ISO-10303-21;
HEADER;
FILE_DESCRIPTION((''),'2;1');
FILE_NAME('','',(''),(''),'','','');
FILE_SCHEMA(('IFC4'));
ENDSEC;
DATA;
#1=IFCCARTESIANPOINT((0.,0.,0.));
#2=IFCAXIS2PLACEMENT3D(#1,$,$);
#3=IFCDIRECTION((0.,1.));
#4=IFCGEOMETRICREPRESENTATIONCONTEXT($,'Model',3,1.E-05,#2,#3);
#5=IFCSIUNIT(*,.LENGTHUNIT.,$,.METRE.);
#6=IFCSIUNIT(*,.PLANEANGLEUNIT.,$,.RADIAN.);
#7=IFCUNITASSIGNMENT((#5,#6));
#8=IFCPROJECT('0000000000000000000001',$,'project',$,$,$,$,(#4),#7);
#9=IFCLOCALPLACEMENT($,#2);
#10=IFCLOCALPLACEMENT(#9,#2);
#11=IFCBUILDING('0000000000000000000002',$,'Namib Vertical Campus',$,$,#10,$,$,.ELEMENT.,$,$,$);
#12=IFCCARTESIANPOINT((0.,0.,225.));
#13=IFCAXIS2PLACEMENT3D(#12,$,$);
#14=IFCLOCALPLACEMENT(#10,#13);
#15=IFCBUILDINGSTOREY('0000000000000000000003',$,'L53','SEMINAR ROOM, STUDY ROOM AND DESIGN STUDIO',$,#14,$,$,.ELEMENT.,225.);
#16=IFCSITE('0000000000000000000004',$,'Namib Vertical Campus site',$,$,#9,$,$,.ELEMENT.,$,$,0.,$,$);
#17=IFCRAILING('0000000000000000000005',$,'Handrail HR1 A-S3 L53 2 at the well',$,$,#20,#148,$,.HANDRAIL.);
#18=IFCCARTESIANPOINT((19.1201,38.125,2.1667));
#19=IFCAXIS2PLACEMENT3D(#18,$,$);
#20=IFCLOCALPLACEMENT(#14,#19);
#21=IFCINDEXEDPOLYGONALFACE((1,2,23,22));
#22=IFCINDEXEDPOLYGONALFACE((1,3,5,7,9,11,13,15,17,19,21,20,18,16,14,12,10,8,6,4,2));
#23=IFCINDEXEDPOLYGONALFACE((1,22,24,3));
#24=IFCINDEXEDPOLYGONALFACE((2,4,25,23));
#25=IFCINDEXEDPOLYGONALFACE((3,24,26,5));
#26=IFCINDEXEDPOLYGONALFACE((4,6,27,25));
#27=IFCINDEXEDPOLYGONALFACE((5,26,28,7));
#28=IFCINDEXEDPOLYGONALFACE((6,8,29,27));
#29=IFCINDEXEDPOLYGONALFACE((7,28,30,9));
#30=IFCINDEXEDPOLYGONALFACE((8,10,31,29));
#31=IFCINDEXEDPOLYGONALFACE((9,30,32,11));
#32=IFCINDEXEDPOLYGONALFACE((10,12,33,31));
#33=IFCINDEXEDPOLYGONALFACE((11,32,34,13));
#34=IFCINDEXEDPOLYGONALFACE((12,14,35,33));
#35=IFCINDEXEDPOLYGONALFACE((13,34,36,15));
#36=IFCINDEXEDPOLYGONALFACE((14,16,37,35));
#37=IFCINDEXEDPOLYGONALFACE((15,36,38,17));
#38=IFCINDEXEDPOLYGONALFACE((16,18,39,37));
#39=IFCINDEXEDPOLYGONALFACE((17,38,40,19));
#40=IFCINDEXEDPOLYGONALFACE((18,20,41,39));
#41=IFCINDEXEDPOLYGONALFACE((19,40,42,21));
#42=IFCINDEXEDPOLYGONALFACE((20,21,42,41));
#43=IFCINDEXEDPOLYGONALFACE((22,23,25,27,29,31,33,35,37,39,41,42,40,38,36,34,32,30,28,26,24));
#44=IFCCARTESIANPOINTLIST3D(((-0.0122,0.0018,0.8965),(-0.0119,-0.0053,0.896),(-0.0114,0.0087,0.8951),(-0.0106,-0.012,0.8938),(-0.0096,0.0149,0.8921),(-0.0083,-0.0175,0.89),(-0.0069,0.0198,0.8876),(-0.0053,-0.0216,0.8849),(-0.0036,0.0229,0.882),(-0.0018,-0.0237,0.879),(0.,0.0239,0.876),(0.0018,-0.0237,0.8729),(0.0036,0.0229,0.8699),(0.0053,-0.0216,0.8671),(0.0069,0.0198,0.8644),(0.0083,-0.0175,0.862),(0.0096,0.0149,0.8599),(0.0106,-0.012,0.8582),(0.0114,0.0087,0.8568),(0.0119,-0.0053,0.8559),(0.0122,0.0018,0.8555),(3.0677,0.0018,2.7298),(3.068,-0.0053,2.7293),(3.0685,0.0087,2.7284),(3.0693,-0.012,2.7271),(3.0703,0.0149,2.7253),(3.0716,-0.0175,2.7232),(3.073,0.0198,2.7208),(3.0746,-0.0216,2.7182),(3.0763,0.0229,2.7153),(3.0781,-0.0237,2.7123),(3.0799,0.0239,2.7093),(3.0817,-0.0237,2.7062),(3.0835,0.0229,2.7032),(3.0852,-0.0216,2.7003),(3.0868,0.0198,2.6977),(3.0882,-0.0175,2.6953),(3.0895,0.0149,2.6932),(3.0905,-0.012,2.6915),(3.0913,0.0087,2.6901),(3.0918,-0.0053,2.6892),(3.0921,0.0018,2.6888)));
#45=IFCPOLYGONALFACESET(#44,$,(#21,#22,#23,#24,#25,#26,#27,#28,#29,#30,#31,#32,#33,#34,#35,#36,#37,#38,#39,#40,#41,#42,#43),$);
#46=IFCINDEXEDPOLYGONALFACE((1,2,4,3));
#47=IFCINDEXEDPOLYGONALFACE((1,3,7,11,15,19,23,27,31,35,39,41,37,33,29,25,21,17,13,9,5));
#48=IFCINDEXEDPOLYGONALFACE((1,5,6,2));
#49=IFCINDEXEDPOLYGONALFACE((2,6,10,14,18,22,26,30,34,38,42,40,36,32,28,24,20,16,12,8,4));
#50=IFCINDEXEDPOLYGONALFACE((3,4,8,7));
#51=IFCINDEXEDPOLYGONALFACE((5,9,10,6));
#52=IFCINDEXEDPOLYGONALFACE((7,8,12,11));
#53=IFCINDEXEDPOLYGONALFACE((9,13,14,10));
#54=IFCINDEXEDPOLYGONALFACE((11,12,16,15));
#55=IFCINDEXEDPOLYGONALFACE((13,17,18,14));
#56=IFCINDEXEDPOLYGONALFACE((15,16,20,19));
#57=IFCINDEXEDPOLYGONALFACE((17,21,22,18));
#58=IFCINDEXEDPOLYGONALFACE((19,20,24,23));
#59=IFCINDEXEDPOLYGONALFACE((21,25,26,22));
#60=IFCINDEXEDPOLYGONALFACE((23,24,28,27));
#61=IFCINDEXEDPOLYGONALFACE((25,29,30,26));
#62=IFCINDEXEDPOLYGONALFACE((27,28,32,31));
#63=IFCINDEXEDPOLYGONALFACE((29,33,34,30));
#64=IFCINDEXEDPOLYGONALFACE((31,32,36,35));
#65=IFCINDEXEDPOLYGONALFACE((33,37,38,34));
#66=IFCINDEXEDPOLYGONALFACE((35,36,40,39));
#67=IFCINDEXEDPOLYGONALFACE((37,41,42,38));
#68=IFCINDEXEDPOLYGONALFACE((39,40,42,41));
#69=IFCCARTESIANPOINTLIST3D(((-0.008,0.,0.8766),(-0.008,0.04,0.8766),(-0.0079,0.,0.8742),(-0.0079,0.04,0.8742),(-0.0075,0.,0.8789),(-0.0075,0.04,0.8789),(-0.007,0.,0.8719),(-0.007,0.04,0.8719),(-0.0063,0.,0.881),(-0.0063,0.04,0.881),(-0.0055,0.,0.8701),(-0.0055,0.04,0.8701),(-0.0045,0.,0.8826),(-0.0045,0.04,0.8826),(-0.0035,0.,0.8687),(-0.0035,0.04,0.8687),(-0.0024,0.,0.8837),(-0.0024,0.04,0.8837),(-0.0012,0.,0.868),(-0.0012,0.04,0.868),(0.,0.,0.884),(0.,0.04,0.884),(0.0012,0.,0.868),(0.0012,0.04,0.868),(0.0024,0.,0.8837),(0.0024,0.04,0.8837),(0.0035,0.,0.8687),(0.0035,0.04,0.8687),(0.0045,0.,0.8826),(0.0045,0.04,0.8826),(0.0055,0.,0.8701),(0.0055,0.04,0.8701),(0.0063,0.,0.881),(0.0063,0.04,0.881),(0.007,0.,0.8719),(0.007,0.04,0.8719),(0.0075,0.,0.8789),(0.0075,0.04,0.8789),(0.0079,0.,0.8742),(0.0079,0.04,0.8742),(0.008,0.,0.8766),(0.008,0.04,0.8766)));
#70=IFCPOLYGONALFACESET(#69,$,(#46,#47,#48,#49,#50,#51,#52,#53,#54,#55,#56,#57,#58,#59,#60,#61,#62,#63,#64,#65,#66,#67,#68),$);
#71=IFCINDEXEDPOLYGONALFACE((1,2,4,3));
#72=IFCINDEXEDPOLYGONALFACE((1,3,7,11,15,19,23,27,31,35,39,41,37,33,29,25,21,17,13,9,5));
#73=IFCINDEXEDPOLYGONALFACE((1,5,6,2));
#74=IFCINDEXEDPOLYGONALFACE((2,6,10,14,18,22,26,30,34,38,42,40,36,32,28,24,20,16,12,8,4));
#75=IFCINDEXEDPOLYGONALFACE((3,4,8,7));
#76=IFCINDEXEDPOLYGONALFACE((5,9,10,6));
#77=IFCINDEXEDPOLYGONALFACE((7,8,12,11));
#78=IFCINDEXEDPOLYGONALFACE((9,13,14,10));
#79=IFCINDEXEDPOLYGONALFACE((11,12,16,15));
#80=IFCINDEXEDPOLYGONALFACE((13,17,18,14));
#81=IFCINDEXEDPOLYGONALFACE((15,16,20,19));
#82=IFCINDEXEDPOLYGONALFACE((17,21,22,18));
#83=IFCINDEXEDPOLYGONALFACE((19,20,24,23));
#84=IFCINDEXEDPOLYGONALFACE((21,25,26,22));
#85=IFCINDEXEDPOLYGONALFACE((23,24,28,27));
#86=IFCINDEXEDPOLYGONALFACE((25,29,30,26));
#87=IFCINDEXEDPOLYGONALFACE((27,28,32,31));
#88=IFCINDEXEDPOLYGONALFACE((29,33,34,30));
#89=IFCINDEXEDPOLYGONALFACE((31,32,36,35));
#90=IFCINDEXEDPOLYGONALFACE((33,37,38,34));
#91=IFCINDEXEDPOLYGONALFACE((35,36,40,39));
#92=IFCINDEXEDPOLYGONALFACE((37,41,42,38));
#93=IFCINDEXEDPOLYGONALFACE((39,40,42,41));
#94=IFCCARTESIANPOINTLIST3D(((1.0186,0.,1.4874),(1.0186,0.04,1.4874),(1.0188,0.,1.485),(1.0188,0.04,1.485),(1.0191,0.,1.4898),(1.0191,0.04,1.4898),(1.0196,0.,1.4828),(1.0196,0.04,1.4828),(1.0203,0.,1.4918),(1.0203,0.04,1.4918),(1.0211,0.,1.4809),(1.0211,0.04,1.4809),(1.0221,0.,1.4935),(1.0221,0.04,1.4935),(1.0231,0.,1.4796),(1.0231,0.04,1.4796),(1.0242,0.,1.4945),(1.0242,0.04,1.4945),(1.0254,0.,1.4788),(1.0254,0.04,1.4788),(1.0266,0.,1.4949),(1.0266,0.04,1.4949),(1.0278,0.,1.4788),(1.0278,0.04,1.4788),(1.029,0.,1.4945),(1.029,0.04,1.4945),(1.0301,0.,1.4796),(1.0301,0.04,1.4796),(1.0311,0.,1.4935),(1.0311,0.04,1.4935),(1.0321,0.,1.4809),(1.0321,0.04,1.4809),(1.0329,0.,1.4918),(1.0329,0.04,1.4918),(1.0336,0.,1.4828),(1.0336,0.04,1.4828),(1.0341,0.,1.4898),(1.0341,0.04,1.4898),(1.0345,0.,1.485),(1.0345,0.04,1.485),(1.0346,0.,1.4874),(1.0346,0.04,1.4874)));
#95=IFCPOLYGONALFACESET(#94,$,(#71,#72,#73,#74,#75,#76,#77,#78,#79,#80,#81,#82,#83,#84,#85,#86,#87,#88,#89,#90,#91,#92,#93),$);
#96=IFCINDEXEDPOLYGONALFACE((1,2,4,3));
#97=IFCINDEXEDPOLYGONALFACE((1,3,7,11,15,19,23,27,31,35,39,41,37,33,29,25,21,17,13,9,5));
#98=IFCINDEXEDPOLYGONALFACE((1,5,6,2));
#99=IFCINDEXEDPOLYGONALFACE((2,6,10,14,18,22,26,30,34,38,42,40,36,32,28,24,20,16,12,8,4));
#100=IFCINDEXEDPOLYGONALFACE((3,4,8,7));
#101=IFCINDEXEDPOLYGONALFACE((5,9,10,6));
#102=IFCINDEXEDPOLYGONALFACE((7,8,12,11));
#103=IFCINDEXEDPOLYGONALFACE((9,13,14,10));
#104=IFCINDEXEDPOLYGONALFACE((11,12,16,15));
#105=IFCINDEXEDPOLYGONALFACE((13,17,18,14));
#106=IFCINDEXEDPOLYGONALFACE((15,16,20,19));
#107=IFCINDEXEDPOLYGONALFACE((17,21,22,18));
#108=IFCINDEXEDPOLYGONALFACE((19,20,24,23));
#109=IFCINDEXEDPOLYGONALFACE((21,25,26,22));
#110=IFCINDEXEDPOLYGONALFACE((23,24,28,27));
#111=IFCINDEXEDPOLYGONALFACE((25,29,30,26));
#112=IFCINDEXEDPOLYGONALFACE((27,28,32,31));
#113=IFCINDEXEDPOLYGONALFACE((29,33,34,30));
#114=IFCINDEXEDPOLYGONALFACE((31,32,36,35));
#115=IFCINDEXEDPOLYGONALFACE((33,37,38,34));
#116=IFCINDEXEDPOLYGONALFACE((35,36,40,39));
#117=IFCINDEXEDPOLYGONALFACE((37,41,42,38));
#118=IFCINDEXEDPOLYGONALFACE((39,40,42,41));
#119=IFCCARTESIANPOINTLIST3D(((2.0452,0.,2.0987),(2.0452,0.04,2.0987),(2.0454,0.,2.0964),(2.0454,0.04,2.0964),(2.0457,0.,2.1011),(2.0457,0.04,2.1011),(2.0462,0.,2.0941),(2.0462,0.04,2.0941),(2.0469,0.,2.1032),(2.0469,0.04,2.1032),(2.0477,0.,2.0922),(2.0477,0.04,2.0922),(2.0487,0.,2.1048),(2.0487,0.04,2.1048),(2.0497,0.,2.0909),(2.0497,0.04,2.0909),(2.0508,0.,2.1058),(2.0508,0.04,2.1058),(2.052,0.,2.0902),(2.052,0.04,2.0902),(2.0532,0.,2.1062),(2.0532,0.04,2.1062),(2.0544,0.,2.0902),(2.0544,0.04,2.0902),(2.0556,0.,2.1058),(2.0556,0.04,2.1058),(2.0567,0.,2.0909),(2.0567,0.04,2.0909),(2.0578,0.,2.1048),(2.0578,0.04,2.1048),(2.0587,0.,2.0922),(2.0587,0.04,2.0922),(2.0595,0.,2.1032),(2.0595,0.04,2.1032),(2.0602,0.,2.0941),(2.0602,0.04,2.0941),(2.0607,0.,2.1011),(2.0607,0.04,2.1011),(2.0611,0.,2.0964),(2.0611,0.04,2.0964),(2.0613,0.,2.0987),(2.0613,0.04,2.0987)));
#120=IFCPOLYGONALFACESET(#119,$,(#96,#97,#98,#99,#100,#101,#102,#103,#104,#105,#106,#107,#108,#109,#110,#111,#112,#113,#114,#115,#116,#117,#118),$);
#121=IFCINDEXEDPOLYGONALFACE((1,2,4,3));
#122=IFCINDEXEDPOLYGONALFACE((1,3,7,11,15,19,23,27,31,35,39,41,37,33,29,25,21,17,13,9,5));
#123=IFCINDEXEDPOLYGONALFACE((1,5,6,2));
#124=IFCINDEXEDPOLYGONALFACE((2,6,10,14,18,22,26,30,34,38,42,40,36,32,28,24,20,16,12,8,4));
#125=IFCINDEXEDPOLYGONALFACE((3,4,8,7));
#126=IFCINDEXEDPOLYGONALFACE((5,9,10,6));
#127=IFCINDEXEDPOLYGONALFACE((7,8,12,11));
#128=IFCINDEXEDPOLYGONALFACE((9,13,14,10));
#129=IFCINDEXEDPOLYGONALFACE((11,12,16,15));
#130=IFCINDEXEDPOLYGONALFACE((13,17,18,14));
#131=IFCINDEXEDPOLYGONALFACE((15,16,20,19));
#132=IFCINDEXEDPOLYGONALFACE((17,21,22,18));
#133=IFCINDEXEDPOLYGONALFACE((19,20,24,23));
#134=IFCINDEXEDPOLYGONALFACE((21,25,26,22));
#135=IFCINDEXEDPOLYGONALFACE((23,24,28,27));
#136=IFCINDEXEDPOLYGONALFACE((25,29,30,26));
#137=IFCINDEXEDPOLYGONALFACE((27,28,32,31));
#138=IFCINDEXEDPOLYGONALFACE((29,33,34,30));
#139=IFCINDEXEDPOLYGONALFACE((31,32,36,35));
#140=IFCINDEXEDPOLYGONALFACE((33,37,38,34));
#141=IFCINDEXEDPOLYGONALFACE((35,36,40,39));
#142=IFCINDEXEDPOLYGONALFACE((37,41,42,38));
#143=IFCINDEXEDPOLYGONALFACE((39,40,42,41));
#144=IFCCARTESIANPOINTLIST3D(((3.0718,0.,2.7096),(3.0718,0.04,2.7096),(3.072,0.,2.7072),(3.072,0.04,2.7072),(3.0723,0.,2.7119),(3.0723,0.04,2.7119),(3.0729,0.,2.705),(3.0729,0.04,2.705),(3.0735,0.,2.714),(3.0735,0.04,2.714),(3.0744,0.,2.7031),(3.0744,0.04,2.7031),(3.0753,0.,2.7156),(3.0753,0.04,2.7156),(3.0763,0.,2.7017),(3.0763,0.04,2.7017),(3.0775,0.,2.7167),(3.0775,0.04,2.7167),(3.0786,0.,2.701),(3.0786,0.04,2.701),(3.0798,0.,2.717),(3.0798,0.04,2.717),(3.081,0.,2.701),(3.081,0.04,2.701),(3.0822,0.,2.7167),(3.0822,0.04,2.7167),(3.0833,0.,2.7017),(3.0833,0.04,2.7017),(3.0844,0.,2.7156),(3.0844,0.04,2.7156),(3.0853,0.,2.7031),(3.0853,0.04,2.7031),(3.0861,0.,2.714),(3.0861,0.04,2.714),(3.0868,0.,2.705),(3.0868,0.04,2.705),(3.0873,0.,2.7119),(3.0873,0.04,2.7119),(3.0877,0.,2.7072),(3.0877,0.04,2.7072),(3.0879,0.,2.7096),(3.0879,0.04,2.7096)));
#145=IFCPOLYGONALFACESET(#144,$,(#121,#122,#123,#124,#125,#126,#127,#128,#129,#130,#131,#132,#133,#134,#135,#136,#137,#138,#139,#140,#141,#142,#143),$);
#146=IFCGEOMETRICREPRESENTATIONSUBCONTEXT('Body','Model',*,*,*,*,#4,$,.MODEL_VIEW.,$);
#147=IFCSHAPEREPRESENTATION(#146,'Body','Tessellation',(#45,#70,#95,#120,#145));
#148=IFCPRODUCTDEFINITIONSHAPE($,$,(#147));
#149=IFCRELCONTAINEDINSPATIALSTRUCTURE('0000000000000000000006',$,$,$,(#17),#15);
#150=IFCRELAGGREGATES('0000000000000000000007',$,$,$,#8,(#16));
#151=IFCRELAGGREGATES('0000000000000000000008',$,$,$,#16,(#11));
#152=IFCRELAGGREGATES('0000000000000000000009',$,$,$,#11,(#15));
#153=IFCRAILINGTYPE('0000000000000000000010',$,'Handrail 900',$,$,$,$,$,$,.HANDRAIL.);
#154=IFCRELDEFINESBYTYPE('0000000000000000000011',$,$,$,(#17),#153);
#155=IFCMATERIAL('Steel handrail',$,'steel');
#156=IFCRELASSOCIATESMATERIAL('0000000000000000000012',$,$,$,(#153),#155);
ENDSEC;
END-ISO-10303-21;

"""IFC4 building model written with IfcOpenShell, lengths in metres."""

from ifc_helpers import new_model, si_unit, direction, frame, origin, origin_2d, place, context, subcontext, project, spatial, circle, extrude, material, type_object, element, save


model = new_model("IFC4")

# Units and contexts
model_context = context("Model", 3, precision=1e-05, world=origin(), true_north=direction((0.0, 1.0)))
body_context = subcontext(model_context, "Body", "Model", "MODEL_VIEW")
ifc_project = project(units=[si_unit("LENGTHUNIT", "METRE"), si_unit("PLANEANGLEUNIT", "RADIAN")], contexts=[model_context])

# Site, building, storey
site_placement = place(None, origin())
site = spatial("IfcSite", under=ifc_project, at=site_placement, Name="Namib Vertical Campus site", CompositionType="ELEMENT", RefElevation=0.0)
building_placement = place(site_placement, origin())
building = spatial("IfcBuilding", under=site, at=building_placement, Name="Namib Vertical Campus", CompositionType="ELEMENT")
storey_placement = place(building_placement, frame((0.0, 0.0, 225.0)))
storey = spatial("IfcBuildingStorey", under=building, at=storey_placement, Name="L53", Description="SEMINAR ROOM, STUDY ROOM AND DESIGN STUDIO", CompositionType="ELEMENT", Elevation=225.0)

# Railing
ifc_material_1 = material(Name="Steel handrail", Category="steel")
railing_type_1 = type_object("IfcRailingType", Name="Handrail 900", PredefinedType="HANDRAIL", material=ifc_material_1)
railing_1_placement = place(storey_placement, frame((19.1201, 38.125, 2.1667)))
element("IfcRailing", 1, at=railing_1_placement, inside=storey, type_object=railing_type_1, Name="Handrail HR1 A-S3 L53 2 at the well", PredefinedType="HANDRAIL", context=body_context, shape_type="SweptSolid", body=[
    extrude(circle(Radius=0.0239, at=origin_2d()), frame((0.0, 0.0, 0.876), z_axis=(0.859291, 0.0, 0.511487), x_axis=(0.0, 1.0, 0.0)), (0.0, 0.0, 1.0), 3.5842),
    extrude(circle(Radius=0.0081, at=origin_2d()), frame((0.0, 0.0, 0.876), z_axis=(0.0, 1.0, 0.0), x_axis=(0.0, 0.0, 1.0)), (0.0, 0.0, 1.0), 0.04),
    extrude(circle(Radius=0.0081, at=origin_2d()), frame((1.0266, 0.0, 1.4868), z_axis=(0.0, 1.0, 0.0), x_axis=(0.0, 0.0, 1.0)), (0.0, 0.0, 1.0), 0.04),
    extrude(circle(Radius=0.0081, at=origin_2d()), frame((2.0532, 0.0, 2.0981), z_axis=(0.0, 1.0, 0.0), x_axis=(0.0, 0.0, 1.0)), (0.0, 0.0, 1.0), 0.04),
    extrude(circle(Radius=0.0081, at=origin_2d()), frame((3.0798, 0.0, 2.709), z_axis=(0.0, 1.0, 0.0), x_axis=(0.0, 0.0, 1.0)), (0.0, 0.0, 1.0), 0.04),
])

save(model, "model.ifc")
